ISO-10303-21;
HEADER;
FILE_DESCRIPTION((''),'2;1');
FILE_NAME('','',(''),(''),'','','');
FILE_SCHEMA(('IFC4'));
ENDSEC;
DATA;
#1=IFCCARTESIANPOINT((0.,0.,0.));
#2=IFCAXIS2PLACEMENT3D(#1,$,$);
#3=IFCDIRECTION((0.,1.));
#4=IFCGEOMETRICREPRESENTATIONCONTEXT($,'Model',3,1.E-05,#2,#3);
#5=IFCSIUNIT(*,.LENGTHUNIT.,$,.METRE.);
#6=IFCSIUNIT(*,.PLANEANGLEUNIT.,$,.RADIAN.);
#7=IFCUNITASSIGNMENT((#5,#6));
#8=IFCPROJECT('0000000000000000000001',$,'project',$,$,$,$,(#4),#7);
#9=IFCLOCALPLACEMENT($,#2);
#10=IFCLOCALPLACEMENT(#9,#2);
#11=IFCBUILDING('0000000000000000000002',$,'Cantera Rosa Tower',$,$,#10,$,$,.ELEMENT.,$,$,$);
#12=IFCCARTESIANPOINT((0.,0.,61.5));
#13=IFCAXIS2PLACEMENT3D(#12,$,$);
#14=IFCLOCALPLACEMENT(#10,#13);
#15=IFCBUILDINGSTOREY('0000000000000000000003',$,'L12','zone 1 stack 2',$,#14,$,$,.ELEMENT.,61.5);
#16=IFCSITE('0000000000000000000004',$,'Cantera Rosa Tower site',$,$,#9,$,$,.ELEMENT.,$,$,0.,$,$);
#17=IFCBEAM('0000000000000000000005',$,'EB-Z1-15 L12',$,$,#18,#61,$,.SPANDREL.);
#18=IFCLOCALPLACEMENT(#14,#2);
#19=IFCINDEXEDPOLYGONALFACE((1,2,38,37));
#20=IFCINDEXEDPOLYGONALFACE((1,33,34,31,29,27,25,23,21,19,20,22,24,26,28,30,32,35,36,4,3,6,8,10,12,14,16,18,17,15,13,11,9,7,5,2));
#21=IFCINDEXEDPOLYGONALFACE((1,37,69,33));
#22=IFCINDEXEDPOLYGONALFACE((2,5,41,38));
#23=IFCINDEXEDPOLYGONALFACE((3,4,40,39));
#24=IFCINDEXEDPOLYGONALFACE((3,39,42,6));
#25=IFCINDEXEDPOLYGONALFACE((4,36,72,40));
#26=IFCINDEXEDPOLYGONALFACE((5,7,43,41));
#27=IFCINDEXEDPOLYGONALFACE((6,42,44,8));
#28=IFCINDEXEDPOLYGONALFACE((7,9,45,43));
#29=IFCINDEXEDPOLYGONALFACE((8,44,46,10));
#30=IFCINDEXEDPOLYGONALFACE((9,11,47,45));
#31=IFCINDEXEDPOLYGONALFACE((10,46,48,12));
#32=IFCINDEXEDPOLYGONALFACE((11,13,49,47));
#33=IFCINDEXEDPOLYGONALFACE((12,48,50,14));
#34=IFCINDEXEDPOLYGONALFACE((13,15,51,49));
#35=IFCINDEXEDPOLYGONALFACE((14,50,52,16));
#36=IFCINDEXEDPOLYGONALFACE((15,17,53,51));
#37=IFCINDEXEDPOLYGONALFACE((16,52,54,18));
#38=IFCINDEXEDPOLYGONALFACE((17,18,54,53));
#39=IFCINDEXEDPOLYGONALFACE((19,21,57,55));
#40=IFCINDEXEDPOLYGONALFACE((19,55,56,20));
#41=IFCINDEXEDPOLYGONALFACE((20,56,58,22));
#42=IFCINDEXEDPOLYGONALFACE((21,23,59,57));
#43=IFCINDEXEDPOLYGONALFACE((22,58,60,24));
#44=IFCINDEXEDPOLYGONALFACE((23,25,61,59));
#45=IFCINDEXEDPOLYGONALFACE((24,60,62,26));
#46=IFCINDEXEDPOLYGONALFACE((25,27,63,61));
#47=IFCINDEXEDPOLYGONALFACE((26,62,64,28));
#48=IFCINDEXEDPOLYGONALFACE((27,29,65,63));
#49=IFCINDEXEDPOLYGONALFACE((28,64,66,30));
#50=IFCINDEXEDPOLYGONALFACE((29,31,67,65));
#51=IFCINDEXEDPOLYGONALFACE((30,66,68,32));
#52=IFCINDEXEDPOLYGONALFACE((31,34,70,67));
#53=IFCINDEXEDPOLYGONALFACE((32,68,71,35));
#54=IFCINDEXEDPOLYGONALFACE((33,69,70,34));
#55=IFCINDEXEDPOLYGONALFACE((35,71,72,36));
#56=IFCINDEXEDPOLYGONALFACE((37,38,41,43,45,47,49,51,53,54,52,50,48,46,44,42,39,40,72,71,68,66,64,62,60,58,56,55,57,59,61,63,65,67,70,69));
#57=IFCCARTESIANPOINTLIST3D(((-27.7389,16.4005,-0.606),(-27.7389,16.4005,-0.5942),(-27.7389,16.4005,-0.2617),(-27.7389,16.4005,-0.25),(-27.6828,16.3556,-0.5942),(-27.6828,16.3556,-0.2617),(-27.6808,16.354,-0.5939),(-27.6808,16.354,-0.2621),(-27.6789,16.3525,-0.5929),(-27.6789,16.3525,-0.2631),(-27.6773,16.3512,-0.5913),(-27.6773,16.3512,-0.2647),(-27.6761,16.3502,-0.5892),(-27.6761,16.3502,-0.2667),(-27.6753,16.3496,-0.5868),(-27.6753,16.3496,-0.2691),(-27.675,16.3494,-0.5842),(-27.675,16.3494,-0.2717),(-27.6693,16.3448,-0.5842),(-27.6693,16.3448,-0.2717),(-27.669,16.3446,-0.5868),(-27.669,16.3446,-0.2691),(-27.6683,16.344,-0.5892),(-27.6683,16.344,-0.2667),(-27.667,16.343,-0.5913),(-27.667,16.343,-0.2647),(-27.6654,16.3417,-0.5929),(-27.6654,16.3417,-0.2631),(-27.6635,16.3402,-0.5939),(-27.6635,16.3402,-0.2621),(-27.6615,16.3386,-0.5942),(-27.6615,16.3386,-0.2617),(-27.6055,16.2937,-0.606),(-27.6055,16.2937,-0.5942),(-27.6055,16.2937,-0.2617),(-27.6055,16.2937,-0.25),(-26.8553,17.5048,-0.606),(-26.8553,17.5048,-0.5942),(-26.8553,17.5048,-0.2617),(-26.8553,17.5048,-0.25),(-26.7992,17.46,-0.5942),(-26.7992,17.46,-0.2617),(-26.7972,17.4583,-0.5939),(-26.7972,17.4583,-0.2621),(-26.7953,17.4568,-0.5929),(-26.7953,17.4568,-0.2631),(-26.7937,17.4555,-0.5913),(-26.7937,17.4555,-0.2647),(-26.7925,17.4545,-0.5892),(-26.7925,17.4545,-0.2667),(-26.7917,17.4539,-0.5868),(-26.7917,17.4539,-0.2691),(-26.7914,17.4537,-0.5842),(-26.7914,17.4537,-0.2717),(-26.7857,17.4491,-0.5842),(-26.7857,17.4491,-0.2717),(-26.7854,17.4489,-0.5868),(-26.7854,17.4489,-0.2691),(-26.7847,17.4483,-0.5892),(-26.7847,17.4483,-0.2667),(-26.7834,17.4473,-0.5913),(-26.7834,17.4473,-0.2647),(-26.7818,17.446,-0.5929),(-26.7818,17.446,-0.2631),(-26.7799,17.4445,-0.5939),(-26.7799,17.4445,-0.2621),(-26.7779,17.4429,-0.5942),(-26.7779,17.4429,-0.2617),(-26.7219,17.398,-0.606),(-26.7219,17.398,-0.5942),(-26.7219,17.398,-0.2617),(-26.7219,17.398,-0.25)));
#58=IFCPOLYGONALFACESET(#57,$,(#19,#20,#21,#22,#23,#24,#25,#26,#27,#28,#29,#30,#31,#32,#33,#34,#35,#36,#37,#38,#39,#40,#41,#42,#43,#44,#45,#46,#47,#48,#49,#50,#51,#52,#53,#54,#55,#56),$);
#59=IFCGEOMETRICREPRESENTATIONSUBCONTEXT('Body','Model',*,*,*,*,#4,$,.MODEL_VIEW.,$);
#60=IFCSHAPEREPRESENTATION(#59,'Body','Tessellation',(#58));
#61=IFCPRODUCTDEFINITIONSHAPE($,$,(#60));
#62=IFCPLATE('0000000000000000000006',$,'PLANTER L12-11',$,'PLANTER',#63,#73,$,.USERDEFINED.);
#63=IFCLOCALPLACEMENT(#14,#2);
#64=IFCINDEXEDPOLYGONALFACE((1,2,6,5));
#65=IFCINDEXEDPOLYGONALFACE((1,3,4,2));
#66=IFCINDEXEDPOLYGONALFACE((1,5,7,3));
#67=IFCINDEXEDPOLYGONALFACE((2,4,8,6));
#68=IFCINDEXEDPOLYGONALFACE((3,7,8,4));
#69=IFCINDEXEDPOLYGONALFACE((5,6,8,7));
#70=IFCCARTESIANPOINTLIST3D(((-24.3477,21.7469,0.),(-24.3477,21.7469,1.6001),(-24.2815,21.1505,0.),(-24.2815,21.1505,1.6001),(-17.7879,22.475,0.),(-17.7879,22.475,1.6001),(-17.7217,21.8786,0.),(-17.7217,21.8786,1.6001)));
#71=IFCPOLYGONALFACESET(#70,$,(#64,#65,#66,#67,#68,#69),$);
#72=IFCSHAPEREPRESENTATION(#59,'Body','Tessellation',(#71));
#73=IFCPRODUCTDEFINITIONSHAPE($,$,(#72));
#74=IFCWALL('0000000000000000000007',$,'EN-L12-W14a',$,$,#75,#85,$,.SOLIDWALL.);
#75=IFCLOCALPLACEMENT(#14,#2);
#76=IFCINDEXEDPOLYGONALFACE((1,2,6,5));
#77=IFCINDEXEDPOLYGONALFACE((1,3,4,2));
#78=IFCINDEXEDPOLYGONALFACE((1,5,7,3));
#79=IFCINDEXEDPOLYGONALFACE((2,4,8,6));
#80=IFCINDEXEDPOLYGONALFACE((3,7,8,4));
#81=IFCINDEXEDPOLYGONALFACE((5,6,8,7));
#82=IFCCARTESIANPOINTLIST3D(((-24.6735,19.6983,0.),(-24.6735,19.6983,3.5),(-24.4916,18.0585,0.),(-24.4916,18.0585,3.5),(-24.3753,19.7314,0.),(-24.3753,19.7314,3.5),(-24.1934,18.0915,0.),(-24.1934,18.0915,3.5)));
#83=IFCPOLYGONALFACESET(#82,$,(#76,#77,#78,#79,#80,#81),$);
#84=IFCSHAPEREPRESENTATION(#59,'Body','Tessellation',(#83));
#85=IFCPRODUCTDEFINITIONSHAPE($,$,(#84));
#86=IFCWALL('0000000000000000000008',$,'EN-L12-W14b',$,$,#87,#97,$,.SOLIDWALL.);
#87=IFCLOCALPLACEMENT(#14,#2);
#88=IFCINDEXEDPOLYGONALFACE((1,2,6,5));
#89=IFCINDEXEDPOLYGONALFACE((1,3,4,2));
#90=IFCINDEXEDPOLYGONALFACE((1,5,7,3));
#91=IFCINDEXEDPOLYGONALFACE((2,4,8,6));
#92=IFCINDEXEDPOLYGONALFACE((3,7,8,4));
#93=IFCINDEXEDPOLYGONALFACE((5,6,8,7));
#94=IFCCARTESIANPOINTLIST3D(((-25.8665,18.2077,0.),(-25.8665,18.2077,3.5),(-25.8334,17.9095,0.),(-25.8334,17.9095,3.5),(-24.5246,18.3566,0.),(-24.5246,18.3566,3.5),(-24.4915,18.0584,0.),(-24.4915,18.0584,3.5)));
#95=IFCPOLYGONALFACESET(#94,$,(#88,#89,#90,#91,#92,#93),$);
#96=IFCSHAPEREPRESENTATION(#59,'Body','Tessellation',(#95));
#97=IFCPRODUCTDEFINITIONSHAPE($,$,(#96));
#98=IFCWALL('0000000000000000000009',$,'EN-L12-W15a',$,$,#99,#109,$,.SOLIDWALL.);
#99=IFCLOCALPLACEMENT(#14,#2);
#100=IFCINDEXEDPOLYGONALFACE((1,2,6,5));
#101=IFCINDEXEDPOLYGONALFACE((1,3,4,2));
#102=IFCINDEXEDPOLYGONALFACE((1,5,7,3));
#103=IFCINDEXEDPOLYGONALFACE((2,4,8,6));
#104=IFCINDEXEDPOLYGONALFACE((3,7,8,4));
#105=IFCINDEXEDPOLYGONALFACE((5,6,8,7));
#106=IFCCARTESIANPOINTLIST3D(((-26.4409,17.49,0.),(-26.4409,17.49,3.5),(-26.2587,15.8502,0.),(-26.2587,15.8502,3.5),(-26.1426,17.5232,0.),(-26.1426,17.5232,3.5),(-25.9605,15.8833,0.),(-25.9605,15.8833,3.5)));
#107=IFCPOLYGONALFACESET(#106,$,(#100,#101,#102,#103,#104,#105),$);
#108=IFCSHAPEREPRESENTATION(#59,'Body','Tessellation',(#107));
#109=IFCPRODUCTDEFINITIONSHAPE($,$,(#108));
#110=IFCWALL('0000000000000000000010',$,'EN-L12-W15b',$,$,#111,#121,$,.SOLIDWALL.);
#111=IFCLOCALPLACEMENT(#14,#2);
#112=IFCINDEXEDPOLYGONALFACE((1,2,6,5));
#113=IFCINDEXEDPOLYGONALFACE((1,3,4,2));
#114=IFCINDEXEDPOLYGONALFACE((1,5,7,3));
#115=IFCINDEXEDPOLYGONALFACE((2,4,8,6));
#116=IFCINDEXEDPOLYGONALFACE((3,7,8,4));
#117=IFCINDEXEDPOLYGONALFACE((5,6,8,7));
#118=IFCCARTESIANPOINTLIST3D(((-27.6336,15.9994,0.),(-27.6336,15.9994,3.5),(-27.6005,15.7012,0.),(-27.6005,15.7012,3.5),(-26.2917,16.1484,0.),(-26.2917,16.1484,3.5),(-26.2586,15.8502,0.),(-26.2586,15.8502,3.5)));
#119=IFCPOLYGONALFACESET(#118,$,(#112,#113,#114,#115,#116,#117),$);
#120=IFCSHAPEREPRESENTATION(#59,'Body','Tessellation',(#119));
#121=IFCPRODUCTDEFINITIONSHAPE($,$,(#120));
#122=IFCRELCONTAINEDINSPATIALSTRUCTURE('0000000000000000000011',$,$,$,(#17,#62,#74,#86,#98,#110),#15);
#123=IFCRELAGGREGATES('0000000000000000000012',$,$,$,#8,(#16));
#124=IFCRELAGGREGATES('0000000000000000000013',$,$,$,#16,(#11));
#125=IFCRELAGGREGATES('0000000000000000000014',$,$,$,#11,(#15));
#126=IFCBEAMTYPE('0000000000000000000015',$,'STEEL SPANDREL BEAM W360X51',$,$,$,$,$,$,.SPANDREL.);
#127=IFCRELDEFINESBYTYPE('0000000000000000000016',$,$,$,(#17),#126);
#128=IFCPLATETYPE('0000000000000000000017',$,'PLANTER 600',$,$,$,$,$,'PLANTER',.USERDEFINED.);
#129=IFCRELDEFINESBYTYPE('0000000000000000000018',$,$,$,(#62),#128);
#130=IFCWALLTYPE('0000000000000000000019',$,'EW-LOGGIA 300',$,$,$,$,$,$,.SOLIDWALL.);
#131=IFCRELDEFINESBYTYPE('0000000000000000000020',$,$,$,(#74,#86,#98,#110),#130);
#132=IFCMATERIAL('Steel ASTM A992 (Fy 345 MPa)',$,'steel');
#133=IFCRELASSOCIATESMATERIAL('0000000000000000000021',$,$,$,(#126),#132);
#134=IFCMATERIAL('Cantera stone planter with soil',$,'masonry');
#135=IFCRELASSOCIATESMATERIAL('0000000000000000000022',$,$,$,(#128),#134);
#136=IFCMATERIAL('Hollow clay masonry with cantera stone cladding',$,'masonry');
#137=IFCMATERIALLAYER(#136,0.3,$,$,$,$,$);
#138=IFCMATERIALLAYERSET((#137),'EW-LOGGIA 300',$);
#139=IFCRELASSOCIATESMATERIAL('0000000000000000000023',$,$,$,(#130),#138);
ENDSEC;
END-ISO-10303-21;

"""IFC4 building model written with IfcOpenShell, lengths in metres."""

from ifc_helpers import new_model, si_unit, direction, frame, frame_2d, origin, origin_2d, place, context, subcontext, project, spatial, rectangle, i_section, extrude, material, layer, layer_set, material_profile, profile_set, type_object, element, save


model = new_model("IFC4")

# Units and contexts
model_context = context("Model", 3, precision=1e-05, world=origin(), true_north=direction((0.0, 1.0)))
body_context = subcontext(model_context, "Body", "Model", "MODEL_VIEW")
ifc_project = project(units=[si_unit("LENGTHUNIT", "METRE"), si_unit("PLANEANGLEUNIT", "RADIAN")], contexts=[model_context])

# Site, building, storey
site_placement = place(None, origin())
site = spatial("IfcSite", under=ifc_project, at=site_placement, Name="Cantera Rosa Tower site", CompositionType="ELEMENT", RefElevation=0.0)
building_placement = place(site_placement, origin())
building = spatial("IfcBuilding", under=site, at=building_placement, Name="Cantera Rosa Tower", CompositionType="ELEMENT")
storey_placement = place(building_placement, frame((0.0, 0.0, 61.5)))
storey = spatial("IfcBuildingStorey", under=building, at=storey_placement, Name="L12", Description="zone 1 stack 2", CompositionType="ELEMENT", Elevation=61.5)

# Beam
ifc_material_1 = material(Name="Steel ASTM A992 (Fy 345 MPa)", Category="steel")
ifc_material_profile_1 = material_profile(ifc_material_1, i_section(OverallWidth=0.1709, OverallDepth=0.356, WebThickness=0.0073, FlangeThickness=0.0117, FilletRadius=0.01, at=origin_2d()), Name="W360X51")
ifc_profile_set_1 = profile_set([ifc_material_profile_1], Name="Steel ASTM A992 (Fy 345 MPa)")
beam_type_1 = type_object("IfcBeamType", Name="STEEL SPANDREL BEAM W360X51", PredefinedType="SPANDREL", material=ifc_profile_set_1)
for number, where, z_axis, x_axis, name in (
    (1, (-26.7886, 17.4514, -0.428), (-0.624758, -0.780818, 0.0), (0.780818, -0.624758, 0.0), "EB-Z1-15 L12"),
):
    element("IfcBeam", number, at=place(storey_placement, frame(where, z_axis=z_axis, x_axis=x_axis)), inside=storey, type_object=beam_type_1, Name=name, PredefinedType="SPANDREL", context=body_context, shape_type="SweptSolid", body=[
        extrude(i_section(OverallWidth=0.1709, OverallDepth=0.356, WebThickness=0.0073, FlangeThickness=0.0117, FilletRadius=0.01, at=origin_2d()), origin(), (0.0, 0.0, 1.0), 1.4143),
    ])

# Plate
ifc_material_2 = material(Name="Cantera stone planter with soil", Category="masonry")
plate_type = type_object("IfcPlateType", Name="PLANTER 600", ElementType="PLANTER", PredefinedType="USERDEFINED", material=ifc_material_2)
plate_placement = place(storey_placement, frame((-21.0347, 21.8127, 0.0), z_axis=(0.0, 0.0, 1.0), x_axis=(-0.993897, -0.110313, 0.0)))
element("IfcPlate", 2, at=plate_placement, inside=storey, type_object=plate_type, Name="PLANTER L12-11", ObjectType="PLANTER", PredefinedType="USERDEFINED", context=body_context, shape_type="SweptSolid", body=[
    extrude(rectangle(XDim=6.6001, YDim=0.6001, at=origin_2d()), origin(), (0.0, 0.0, 1.0), 1.6001),
])

# Walls
ifc_material_3 = material(Name="Hollow clay masonry with cantera stone cladding", Category="masonry")
ifc_layer_1 = layer(ifc_material_3, 0.3)
ifc_layer_set_1 = layer_set([ifc_layer_1], Name="EW-LOGGIA 300")
wall_type_1 = type_object("IfcWallType", Name="EW-LOGGIA 300", PredefinedType="SOLIDWALL", material=ifc_layer_set_1)
wall_1_placement = place(storey_placement, frame((-24.5244, 19.7148, 0.0), z_axis=(0.0, 0.0, 1.0), x_axis=(0.110237, -0.993905, 0.0)))
element("IfcWall", 3, at=wall_1_placement, inside=storey, type_object=wall_type_1, Name="EN-L12-W14a", PredefinedType="SOLIDWALL", context=body_context, shape_type="SweptSolid", body=[
    extrude(rectangle(XDim=1.6499, YDim=0.3, at=frame_2d((0.825, 0.0))), origin(), (0.0, 0.0, 1.0), 3.5),
])
wall_2_placement = place(storey_placement, frame((-24.5081, 18.2075, 0.0), z_axis=(0.0, 0.0, 1.0), x_axis=(-0.993897, -0.110312, 0.0)))
element("IfcWall", 4, at=wall_2_placement, inside=storey, type_object=wall_type_1, Name="EN-L12-W14b", PredefinedType="SOLIDWALL", context=body_context, shape_type="SweptSolid", body=[
    extrude(rectangle(XDim=1.3501, YDim=0.3, at=frame_2d((0.675, 0.0))), origin(), (0.0, 0.0, 1.0), 3.5),
])
wall_3_placement = place(storey_placement, frame((-26.2917, 17.5066, 0.0), z_axis=(0.0, 0.0, 1.0), x_axis=(0.110383, -0.993889, 0.0)))
element("IfcWall", 5, at=wall_3_placement, inside=storey, type_object=wall_type_1, Name="EN-L12-W15a", PredefinedType="SOLIDWALL", context=body_context, shape_type="SweptSolid", body=[
    extrude(rectangle(XDim=1.6499, YDim=0.3, at=frame_2d((0.825, 0.0))), origin(), (0.0, 0.0, 1.0), 3.5),
])
wall_4_placement = place(storey_placement, frame((-26.2751, 15.9993, 0.0), z_axis=(0.0, 0.0, 1.0), x_axis=(-0.993897, -0.110312, 0.0)))
element("IfcWall", 6, at=wall_4_placement, inside=storey, type_object=wall_type_1, Name="EN-L12-W15b", PredefinedType="SOLIDWALL", context=body_context, shape_type="SweptSolid", body=[
    extrude(rectangle(XDim=1.3501, YDim=0.3, at=frame_2d((0.675, 0.0))), origin(), (0.0, 0.0, 1.0), 3.5),
])

save(model, "model.ifc")
